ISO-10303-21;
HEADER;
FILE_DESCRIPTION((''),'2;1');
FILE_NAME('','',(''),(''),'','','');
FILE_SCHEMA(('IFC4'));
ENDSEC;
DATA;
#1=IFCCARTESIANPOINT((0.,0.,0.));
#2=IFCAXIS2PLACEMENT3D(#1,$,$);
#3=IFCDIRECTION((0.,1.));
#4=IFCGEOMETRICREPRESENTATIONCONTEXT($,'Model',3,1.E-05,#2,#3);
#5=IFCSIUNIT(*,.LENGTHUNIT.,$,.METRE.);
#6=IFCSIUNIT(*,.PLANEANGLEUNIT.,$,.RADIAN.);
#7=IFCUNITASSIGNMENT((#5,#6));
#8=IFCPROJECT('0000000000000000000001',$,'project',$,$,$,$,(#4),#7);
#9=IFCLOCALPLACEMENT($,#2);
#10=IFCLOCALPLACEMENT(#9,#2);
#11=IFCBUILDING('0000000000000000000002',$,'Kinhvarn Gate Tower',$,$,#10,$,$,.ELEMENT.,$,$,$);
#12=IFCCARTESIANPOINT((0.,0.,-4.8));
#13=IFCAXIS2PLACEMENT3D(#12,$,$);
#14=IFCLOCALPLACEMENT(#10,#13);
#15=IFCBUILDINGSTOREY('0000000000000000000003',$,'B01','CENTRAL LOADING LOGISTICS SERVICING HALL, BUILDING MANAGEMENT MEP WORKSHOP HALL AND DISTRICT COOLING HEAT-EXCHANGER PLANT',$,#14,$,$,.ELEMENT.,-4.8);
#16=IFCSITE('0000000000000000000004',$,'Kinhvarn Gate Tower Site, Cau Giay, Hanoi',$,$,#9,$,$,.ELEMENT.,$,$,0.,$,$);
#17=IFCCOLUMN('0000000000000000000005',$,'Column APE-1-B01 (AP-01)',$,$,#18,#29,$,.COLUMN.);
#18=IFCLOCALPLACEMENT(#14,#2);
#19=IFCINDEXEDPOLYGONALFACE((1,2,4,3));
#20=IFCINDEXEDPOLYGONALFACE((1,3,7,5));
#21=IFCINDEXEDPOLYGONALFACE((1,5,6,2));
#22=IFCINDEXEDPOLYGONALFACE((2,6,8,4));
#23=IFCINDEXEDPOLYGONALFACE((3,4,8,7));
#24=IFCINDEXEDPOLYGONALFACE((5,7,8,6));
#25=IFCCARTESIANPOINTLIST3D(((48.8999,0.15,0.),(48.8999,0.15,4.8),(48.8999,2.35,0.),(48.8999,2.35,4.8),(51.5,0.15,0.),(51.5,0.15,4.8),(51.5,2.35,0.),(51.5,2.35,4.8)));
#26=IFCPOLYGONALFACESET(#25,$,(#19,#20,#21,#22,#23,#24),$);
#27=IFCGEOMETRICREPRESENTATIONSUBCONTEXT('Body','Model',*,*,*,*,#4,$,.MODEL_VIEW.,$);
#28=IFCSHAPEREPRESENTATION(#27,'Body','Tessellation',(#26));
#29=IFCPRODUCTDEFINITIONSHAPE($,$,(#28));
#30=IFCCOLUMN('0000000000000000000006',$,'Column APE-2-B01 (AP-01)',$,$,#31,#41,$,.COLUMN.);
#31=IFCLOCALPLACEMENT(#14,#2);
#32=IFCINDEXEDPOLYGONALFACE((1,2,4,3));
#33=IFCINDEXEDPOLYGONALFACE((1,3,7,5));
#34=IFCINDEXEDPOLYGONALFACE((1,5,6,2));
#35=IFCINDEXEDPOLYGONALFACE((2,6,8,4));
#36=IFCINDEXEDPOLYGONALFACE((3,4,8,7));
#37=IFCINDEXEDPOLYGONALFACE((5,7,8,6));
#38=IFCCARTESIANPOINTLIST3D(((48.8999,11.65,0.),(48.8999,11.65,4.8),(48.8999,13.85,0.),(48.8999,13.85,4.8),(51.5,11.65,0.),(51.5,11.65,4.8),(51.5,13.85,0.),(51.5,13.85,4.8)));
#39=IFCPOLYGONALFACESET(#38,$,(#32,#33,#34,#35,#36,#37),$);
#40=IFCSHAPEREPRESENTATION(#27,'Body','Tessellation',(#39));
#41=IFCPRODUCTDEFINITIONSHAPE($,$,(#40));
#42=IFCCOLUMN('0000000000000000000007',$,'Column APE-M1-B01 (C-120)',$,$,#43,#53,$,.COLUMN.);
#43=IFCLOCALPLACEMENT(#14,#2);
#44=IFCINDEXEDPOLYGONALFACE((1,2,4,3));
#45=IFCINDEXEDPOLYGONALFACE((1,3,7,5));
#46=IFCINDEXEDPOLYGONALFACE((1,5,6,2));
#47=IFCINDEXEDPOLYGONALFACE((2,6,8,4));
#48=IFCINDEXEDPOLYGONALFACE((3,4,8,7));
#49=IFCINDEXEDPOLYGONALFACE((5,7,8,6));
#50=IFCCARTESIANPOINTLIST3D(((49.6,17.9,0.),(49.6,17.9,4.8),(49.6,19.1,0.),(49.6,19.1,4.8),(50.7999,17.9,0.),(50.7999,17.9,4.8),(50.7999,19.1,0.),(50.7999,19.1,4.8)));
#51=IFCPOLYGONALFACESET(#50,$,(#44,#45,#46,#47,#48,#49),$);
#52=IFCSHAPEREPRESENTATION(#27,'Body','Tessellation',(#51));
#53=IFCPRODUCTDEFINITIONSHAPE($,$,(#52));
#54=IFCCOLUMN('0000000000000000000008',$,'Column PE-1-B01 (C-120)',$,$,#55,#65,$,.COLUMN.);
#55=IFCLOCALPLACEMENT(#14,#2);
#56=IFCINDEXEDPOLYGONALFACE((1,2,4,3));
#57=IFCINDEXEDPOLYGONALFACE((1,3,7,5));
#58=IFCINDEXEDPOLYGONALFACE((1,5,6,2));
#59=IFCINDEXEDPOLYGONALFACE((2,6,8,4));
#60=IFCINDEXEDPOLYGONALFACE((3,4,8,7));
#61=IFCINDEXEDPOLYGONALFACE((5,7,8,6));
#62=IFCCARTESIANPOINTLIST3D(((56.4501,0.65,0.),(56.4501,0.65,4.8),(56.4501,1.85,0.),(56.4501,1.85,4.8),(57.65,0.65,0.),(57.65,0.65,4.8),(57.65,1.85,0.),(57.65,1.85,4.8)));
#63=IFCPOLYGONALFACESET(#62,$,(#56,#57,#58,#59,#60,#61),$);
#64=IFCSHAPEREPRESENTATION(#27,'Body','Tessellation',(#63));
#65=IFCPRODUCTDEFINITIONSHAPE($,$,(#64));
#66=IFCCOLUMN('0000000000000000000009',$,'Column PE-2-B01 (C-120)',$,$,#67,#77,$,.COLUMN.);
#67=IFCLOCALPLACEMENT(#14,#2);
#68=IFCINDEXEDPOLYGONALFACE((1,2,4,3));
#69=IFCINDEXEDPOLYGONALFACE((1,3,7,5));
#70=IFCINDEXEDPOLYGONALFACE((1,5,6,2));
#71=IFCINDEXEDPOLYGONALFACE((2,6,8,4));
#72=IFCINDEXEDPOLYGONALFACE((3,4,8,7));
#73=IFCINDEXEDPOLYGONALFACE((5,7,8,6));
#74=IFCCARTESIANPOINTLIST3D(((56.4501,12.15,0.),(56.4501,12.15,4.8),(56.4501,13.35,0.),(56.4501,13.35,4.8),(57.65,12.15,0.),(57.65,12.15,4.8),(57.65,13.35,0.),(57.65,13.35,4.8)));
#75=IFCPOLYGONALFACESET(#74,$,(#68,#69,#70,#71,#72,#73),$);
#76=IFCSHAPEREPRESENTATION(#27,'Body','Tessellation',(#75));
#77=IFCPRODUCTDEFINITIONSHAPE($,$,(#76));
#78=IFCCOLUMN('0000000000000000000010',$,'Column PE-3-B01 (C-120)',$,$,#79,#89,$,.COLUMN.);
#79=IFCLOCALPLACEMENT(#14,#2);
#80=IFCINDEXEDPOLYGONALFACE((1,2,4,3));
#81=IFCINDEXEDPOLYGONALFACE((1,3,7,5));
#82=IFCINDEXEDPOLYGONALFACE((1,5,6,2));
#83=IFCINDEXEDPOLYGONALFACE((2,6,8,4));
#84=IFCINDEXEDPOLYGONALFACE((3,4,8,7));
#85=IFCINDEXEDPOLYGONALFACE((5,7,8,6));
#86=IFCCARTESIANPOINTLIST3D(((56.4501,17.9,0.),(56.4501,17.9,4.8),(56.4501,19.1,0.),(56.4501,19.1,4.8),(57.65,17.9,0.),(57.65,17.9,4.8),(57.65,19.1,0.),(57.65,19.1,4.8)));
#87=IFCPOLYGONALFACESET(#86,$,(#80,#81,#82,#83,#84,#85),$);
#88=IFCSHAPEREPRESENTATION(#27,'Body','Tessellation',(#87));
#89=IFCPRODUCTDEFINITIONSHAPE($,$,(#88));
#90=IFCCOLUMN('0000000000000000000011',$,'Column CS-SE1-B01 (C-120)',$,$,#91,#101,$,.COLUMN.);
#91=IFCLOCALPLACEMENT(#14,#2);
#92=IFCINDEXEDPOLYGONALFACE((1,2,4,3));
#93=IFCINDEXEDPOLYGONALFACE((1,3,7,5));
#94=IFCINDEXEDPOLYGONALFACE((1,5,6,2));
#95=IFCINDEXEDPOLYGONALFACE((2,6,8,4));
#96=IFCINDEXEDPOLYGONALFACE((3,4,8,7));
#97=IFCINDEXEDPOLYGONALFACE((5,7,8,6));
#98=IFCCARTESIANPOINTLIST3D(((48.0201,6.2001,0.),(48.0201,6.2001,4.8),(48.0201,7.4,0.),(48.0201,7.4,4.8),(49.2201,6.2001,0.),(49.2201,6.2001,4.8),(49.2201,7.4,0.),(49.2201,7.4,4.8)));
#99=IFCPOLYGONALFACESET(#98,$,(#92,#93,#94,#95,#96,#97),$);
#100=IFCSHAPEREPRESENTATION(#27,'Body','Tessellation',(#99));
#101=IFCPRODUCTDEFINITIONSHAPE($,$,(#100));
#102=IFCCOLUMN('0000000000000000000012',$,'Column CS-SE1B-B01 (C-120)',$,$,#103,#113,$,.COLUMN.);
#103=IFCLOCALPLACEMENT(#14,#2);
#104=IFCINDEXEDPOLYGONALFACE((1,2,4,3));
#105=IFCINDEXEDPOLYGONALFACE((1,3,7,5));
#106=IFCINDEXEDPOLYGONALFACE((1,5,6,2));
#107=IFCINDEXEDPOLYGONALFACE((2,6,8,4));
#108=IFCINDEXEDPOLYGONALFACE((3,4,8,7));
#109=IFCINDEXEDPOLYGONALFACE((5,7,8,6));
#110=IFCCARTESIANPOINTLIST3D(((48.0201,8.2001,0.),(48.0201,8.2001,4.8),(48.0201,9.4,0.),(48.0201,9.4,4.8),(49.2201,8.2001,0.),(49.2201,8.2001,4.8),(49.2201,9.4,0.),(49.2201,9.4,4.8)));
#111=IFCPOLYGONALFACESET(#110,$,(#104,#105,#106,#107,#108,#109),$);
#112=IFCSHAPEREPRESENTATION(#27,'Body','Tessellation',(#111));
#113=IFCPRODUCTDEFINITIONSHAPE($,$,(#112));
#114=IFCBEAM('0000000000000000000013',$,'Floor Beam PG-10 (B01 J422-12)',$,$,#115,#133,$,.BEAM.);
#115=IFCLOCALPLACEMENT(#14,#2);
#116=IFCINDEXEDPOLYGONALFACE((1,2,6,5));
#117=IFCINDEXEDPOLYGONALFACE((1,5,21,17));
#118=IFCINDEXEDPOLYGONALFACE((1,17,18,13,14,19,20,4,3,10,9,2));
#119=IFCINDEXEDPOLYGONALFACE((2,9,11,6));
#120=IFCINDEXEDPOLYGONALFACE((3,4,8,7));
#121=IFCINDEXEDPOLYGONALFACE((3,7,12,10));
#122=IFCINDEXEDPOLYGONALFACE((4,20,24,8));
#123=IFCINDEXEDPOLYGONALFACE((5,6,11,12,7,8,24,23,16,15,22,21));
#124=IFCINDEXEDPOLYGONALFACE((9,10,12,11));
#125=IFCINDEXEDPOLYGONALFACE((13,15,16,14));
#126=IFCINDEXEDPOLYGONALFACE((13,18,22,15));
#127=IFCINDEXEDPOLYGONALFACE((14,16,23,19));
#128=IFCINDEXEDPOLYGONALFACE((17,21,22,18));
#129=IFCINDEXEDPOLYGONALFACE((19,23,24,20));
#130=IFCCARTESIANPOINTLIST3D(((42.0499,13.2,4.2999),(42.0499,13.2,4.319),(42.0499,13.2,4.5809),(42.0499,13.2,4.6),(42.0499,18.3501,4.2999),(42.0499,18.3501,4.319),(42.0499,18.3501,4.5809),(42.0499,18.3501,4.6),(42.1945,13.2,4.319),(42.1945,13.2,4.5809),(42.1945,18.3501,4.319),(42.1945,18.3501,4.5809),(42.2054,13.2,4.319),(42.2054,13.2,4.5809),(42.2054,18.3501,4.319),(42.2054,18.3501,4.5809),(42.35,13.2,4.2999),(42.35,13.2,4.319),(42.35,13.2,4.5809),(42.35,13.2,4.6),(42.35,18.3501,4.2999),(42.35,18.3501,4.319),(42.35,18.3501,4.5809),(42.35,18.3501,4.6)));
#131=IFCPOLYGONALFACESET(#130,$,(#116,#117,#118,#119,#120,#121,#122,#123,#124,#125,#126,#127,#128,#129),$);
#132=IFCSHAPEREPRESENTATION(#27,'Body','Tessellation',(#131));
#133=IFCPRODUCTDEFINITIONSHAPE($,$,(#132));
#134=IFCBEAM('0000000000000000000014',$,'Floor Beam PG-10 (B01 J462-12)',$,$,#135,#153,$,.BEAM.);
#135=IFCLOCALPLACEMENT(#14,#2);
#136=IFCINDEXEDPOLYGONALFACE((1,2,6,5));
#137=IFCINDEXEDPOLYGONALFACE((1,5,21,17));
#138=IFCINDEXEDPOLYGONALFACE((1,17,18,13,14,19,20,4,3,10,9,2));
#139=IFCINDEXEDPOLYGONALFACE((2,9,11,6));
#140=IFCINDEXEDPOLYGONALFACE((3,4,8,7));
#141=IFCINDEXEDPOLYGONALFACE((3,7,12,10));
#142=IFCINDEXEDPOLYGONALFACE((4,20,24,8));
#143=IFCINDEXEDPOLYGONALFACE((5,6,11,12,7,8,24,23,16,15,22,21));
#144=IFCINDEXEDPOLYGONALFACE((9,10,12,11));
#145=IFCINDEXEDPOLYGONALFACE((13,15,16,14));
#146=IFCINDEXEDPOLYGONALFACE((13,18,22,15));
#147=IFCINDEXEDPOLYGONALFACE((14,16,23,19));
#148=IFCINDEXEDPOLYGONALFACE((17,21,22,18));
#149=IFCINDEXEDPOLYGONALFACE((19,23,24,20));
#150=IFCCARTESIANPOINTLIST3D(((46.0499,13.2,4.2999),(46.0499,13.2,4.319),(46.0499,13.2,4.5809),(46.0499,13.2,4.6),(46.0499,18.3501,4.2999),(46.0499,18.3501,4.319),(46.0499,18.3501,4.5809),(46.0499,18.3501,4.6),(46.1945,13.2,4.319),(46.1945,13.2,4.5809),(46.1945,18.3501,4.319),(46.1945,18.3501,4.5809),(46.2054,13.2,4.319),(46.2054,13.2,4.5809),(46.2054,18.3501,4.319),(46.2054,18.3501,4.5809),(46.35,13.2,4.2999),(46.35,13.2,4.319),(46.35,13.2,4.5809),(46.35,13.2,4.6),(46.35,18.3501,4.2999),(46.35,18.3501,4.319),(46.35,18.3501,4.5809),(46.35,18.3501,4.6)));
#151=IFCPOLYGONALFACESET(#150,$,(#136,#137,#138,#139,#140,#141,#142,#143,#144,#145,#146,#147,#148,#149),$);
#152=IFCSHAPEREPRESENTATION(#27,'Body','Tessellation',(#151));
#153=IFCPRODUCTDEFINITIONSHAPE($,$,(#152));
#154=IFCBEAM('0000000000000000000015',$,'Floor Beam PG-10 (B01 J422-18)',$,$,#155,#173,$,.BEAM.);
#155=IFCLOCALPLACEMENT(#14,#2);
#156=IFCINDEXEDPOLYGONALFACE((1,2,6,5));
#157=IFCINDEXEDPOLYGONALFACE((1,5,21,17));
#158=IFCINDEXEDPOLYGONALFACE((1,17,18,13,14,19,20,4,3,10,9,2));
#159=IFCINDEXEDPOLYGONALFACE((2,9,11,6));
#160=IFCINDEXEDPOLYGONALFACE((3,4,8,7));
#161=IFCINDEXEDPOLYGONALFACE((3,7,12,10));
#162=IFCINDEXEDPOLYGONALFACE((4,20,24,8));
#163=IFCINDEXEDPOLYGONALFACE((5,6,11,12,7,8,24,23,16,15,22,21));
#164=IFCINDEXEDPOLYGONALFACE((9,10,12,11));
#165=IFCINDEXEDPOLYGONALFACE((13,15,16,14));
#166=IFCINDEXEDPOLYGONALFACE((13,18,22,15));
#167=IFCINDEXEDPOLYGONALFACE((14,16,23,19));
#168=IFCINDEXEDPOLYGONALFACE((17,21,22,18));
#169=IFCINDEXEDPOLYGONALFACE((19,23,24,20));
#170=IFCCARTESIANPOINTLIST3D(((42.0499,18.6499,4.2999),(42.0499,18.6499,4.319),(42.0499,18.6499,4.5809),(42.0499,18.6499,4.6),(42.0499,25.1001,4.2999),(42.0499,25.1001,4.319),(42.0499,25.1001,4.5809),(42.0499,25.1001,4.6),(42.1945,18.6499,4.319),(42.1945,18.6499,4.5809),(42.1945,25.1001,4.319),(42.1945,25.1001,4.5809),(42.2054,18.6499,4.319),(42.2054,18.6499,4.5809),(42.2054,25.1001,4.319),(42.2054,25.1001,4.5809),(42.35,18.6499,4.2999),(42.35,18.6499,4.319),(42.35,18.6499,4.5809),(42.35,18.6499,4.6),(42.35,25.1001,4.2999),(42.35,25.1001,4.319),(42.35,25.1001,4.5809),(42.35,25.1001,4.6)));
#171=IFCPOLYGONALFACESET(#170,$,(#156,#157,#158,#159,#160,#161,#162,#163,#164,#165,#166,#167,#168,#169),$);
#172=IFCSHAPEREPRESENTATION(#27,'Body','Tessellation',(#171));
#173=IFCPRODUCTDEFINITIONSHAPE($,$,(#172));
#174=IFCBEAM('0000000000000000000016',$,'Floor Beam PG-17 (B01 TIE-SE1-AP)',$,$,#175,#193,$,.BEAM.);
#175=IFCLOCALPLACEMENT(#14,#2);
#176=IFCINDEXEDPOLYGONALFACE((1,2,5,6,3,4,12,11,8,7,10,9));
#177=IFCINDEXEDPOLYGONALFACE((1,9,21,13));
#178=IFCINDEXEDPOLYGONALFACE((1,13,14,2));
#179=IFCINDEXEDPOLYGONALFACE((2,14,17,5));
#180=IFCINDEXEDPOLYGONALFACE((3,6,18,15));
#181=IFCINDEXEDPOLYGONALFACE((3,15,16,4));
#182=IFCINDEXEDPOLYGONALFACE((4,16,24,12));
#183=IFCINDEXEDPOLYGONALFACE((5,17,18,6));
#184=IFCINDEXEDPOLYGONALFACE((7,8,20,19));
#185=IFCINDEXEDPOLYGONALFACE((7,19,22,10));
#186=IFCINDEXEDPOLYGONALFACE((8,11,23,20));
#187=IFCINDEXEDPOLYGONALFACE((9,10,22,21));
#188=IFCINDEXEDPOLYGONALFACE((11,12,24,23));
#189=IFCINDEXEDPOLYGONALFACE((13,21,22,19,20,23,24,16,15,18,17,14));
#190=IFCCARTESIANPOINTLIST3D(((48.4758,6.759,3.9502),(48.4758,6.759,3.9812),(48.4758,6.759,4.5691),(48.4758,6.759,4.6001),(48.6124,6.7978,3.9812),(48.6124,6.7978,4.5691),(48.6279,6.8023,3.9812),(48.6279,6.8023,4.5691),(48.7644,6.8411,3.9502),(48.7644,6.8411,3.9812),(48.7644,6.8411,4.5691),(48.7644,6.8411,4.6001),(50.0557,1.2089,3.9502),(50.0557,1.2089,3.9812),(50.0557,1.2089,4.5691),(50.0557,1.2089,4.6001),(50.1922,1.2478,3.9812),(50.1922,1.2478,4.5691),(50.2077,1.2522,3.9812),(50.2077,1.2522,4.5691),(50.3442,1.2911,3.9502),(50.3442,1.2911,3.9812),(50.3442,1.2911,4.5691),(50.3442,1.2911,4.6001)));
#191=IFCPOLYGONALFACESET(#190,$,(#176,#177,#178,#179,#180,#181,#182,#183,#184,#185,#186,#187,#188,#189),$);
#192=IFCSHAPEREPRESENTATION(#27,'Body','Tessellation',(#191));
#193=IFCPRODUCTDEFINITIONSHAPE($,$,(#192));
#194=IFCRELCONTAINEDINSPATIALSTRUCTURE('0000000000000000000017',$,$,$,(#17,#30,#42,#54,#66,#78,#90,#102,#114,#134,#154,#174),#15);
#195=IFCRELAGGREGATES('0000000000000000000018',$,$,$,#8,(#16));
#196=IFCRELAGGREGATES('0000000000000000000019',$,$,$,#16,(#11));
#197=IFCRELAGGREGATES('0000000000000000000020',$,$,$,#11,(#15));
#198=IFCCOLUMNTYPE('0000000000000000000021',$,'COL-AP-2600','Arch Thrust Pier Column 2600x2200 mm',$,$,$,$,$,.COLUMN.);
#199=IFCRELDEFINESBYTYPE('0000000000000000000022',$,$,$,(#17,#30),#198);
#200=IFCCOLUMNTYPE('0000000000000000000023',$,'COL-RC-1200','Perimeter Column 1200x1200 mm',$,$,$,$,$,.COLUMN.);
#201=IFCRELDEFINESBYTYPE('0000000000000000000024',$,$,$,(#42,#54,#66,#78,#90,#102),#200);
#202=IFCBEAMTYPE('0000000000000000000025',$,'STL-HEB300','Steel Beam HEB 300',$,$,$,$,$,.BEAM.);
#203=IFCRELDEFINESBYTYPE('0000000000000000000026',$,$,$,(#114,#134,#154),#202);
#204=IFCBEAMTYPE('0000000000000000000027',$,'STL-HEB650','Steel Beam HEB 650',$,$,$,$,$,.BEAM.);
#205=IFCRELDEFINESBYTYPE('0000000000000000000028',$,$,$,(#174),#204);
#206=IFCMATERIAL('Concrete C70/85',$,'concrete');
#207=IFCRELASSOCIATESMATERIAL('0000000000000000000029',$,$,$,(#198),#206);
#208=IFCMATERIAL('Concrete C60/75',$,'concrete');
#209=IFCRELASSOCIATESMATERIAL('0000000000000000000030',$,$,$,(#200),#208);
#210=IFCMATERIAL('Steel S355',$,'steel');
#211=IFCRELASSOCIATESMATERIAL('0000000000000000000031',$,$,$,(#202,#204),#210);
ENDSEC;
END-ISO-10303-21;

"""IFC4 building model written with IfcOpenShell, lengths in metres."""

from ifc_helpers import new_model, si_unit, direction, frame, origin, origin_2d, place, context, subcontext, project, spatial, rectangle, i_section, extrude, material, material_profile, profile_set, type_object, element, save


model = new_model("IFC4")

# Units and contexts
model_context = context("Model", 3, precision=1e-05, world=origin(), true_north=direction((0.0, 1.0)))
body_context = subcontext(model_context, "Body", "Model", "MODEL_VIEW")
ifc_project = project(units=[si_unit("LENGTHUNIT", "METRE"), si_unit("PLANEANGLEUNIT", "RADIAN")], contexts=[model_context])

# Site, building, storey
site_placement = place(None, origin())
site = spatial("IfcSite", under=ifc_project, at=site_placement, Name="Kinhvarn Gate Tower Site, Cau Giay, Hanoi", CompositionType="ELEMENT", RefElevation=0.0)
building_placement = place(site_placement, origin())
building = spatial("IfcBuilding", under=site, at=building_placement, Name="Kinhvarn Gate Tower", CompositionType="ELEMENT")
storey_placement = place(building_placement, frame((0.0, 0.0, -4.8)))
storey = spatial("IfcBuildingStorey", under=building, at=storey_placement, Name="B01", Description="CENTRAL LOADING LOGISTICS SERVICING HALL, BUILDING MANAGEMENT MEP WORKSHOP HALL AND DISTRICT COOLING HEAT-EXCHANGER PLANT", CompositionType="ELEMENT", Elevation=-4.8)

# Columns
ifc_material_1 = material(Name="Concrete C70/85", Category="concrete")
ifc_material_profile_1 = material_profile(ifc_material_1, rectangle(XDim=2.6001, YDim=2.2, at=origin_2d()), Name="RC 2600x2200")
ifc_profile_set_1 = profile_set([ifc_material_profile_1], Name="Concrete C70/85")
column_type_1 = type_object("IfcColumnType", Name="COL-AP-2600", Description="Arch Thrust Pier Column 2600x2200 mm", PredefinedType="COLUMN", material=ifc_profile_set_1)
for number, where, z_axis, x_axis, name in (
    (1, (50.2, 1.25, 0.0), (0.0, 0.0, 1.0), (1.0, 0.0, 0.0), "Column APE-1-B01 (AP-01)"),
    (2, (50.2, 12.75, 0.0), (0.0, 0.0, 1.0), (1.0, 0.0, 0.0), "Column APE-2-B01 (AP-01)"),
):
    element("IfcColumn", number, at=place(storey_placement, frame(where, z_axis=z_axis, x_axis=x_axis)), inside=storey, type_object=column_type_1, Name=name, PredefinedType="COLUMN", context=body_context, shape_type="SweptSolid", body=[
        extrude(rectangle(XDim=2.6001, YDim=2.2, at=origin_2d()), origin(), (0.0, 0.0, 1.0), 4.8),
    ])
ifc_material_2 = material(Name="Concrete C60/75", Category="concrete")
ifc_material_profile_2 = material_profile(ifc_material_2, rectangle(XDim=1.2, YDim=1.2, at=origin_2d()), Name="RC 1200x1200")
ifc_profile_set_2 = profile_set([ifc_material_profile_2], Name="Concrete C60/75")
column_type_2 = type_object("IfcColumnType", Name="COL-RC-1200", Description="Perimeter Column 1200x1200 mm", PredefinedType="COLUMN", material=ifc_profile_set_2)
for number, where, z_axis, x_axis, name in (
    (3, (50.2, 18.5, 0.0), (0.0, 0.0, 1.0), (1.0, 0.0, 0.0), "Column APE-M1-B01 (C-120)"),
    (4, (57.05, 1.25, 0.0), (0.0, 0.0, 1.0), (1.0, 0.0, 0.0), "Column PE-1-B01 (C-120)"),
    (5, (57.05, 12.75, 0.0), (0.0, 0.0, 1.0), (1.0, 0.0, 0.0), "Column PE-2-B01 (C-120)"),
    (6, (57.05, 18.5, 0.0), (0.0, 0.0, 1.0), (1.0, 0.0, 0.0), "Column PE-3-B01 (C-120)"),
    (7, (48.6201, 6.8, 0.0), (0.0, 0.0, 1.0), (1.0, 0.0, 0.0), "Column CS-SE1-B01 (C-120)"),
    (8, (48.6201, 8.8, 0.0), (0.0, 0.0, 1.0), (1.0, 0.0, 0.0), "Column CS-SE1B-B01 (C-120)"),
):
    element("IfcColumn", number, at=place(storey_placement, frame(where, z_axis=z_axis, x_axis=x_axis)), inside=storey, type_object=column_type_2, Name=name, PredefinedType="COLUMN", context=body_context, shape_type="SweptSolid", body=[
        extrude(rectangle(XDim=1.2, YDim=1.2, at=origin_2d()), origin(), (0.0, 0.0, 1.0), 4.8),
    ])

# Beams
ifc_material_3 = material(Name="Steel S355", Category="steel")
ifc_material_profile_3 = material_profile(ifc_material_3, i_section(OverallWidth=0.3, OverallDepth=0.3, WebThickness=0.011, FlangeThickness=0.019, at=origin_2d()), Name="HEB 300")
ifc_profile_set_3 = profile_set([ifc_material_profile_3], Name="Steel S355")
beam_type_1 = type_object("IfcBeamType", Name="STL-HEB300", Description="Steel Beam HEB 300", PredefinedType="BEAM", material=ifc_profile_set_3)
for number, where, z_axis, x_axis, name in (
    (9, (42.2, 13.2, 4.45), (0.0, 1.0, 0.0), (-1.0, 0.0, 0.0), "Floor Beam PG-10 (B01 J422-12)"),
    (10, (46.2, 13.2, 4.45), (0.0, 1.0, 0.0), (-1.0, 0.0, 0.0), "Floor Beam PG-10 (B01 J462-12)"),
):
    element("IfcBeam", number, at=place(storey_placement, frame(where, z_axis=z_axis, x_axis=x_axis)), inside=storey, type_object=beam_type_1, Name=name, PredefinedType="BEAM", context=body_context, shape_type="SweptSolid", body=[
        extrude(i_section(OverallWidth=0.3, OverallDepth=0.3, WebThickness=0.011, FlangeThickness=0.019, at=origin_2d()), origin(), (0.0, 0.0, 1.0), 5.1501),
    ])
beam_1_placement = place(storey_placement, frame((42.2, 18.6499, 4.45), z_axis=(0.0, 1.0, 0.0), x_axis=(-1.0, 0.0, 0.0)))
element("IfcBeam", 11, at=beam_1_placement, inside=storey, type_object=beam_type_1, Name="Floor Beam PG-10 (B01 J422-18)", PredefinedType="BEAM", context=body_context, shape_type="SweptSolid", body=[
    extrude(i_section(OverallWidth=0.3, OverallDepth=0.3, WebThickness=0.011, FlangeThickness=0.019, at=origin_2d()), origin(), (0.0, 0.0, 1.0), 6.4502),
])
ifc_material_profile_4 = material_profile(ifc_material_3, i_section(OverallWidth=0.3, OverallDepth=0.6499, WebThickness=0.0161, FlangeThickness=0.031, at=origin_2d()), Name="HEB 650")
ifc_profile_set_4 = profile_set([ifc_material_profile_4], Name="Steel S355")
beam_type_2 = type_object("IfcBeamType", Name="STL-HEB650", Description="Steel Beam HEB 650", PredefinedType="BEAM", material=ifc_profile_set_4)
beam_2_placement = place(storey_placement, frame((48.6201, 6.8, 4.2751), z_axis=(0.273777, -0.961793, 0.0), x_axis=(0.961793, 0.273777, 0.0)))
element("IfcBeam", 12, at=beam_2_placement, inside=storey, type_object=beam_type_2, Name="Floor Beam PG-17 (B01 TIE-SE1-AP)", PredefinedType="BEAM", context=body_context, shape_type="SweptSolid", body=[
    extrude(i_section(OverallWidth=0.3, OverallDepth=0.6499, WebThickness=0.0161, FlangeThickness=0.031, at=origin_2d()), origin(), (0.0, 0.0, 1.0), 5.7705),
])

save(model, "model.ifc")
